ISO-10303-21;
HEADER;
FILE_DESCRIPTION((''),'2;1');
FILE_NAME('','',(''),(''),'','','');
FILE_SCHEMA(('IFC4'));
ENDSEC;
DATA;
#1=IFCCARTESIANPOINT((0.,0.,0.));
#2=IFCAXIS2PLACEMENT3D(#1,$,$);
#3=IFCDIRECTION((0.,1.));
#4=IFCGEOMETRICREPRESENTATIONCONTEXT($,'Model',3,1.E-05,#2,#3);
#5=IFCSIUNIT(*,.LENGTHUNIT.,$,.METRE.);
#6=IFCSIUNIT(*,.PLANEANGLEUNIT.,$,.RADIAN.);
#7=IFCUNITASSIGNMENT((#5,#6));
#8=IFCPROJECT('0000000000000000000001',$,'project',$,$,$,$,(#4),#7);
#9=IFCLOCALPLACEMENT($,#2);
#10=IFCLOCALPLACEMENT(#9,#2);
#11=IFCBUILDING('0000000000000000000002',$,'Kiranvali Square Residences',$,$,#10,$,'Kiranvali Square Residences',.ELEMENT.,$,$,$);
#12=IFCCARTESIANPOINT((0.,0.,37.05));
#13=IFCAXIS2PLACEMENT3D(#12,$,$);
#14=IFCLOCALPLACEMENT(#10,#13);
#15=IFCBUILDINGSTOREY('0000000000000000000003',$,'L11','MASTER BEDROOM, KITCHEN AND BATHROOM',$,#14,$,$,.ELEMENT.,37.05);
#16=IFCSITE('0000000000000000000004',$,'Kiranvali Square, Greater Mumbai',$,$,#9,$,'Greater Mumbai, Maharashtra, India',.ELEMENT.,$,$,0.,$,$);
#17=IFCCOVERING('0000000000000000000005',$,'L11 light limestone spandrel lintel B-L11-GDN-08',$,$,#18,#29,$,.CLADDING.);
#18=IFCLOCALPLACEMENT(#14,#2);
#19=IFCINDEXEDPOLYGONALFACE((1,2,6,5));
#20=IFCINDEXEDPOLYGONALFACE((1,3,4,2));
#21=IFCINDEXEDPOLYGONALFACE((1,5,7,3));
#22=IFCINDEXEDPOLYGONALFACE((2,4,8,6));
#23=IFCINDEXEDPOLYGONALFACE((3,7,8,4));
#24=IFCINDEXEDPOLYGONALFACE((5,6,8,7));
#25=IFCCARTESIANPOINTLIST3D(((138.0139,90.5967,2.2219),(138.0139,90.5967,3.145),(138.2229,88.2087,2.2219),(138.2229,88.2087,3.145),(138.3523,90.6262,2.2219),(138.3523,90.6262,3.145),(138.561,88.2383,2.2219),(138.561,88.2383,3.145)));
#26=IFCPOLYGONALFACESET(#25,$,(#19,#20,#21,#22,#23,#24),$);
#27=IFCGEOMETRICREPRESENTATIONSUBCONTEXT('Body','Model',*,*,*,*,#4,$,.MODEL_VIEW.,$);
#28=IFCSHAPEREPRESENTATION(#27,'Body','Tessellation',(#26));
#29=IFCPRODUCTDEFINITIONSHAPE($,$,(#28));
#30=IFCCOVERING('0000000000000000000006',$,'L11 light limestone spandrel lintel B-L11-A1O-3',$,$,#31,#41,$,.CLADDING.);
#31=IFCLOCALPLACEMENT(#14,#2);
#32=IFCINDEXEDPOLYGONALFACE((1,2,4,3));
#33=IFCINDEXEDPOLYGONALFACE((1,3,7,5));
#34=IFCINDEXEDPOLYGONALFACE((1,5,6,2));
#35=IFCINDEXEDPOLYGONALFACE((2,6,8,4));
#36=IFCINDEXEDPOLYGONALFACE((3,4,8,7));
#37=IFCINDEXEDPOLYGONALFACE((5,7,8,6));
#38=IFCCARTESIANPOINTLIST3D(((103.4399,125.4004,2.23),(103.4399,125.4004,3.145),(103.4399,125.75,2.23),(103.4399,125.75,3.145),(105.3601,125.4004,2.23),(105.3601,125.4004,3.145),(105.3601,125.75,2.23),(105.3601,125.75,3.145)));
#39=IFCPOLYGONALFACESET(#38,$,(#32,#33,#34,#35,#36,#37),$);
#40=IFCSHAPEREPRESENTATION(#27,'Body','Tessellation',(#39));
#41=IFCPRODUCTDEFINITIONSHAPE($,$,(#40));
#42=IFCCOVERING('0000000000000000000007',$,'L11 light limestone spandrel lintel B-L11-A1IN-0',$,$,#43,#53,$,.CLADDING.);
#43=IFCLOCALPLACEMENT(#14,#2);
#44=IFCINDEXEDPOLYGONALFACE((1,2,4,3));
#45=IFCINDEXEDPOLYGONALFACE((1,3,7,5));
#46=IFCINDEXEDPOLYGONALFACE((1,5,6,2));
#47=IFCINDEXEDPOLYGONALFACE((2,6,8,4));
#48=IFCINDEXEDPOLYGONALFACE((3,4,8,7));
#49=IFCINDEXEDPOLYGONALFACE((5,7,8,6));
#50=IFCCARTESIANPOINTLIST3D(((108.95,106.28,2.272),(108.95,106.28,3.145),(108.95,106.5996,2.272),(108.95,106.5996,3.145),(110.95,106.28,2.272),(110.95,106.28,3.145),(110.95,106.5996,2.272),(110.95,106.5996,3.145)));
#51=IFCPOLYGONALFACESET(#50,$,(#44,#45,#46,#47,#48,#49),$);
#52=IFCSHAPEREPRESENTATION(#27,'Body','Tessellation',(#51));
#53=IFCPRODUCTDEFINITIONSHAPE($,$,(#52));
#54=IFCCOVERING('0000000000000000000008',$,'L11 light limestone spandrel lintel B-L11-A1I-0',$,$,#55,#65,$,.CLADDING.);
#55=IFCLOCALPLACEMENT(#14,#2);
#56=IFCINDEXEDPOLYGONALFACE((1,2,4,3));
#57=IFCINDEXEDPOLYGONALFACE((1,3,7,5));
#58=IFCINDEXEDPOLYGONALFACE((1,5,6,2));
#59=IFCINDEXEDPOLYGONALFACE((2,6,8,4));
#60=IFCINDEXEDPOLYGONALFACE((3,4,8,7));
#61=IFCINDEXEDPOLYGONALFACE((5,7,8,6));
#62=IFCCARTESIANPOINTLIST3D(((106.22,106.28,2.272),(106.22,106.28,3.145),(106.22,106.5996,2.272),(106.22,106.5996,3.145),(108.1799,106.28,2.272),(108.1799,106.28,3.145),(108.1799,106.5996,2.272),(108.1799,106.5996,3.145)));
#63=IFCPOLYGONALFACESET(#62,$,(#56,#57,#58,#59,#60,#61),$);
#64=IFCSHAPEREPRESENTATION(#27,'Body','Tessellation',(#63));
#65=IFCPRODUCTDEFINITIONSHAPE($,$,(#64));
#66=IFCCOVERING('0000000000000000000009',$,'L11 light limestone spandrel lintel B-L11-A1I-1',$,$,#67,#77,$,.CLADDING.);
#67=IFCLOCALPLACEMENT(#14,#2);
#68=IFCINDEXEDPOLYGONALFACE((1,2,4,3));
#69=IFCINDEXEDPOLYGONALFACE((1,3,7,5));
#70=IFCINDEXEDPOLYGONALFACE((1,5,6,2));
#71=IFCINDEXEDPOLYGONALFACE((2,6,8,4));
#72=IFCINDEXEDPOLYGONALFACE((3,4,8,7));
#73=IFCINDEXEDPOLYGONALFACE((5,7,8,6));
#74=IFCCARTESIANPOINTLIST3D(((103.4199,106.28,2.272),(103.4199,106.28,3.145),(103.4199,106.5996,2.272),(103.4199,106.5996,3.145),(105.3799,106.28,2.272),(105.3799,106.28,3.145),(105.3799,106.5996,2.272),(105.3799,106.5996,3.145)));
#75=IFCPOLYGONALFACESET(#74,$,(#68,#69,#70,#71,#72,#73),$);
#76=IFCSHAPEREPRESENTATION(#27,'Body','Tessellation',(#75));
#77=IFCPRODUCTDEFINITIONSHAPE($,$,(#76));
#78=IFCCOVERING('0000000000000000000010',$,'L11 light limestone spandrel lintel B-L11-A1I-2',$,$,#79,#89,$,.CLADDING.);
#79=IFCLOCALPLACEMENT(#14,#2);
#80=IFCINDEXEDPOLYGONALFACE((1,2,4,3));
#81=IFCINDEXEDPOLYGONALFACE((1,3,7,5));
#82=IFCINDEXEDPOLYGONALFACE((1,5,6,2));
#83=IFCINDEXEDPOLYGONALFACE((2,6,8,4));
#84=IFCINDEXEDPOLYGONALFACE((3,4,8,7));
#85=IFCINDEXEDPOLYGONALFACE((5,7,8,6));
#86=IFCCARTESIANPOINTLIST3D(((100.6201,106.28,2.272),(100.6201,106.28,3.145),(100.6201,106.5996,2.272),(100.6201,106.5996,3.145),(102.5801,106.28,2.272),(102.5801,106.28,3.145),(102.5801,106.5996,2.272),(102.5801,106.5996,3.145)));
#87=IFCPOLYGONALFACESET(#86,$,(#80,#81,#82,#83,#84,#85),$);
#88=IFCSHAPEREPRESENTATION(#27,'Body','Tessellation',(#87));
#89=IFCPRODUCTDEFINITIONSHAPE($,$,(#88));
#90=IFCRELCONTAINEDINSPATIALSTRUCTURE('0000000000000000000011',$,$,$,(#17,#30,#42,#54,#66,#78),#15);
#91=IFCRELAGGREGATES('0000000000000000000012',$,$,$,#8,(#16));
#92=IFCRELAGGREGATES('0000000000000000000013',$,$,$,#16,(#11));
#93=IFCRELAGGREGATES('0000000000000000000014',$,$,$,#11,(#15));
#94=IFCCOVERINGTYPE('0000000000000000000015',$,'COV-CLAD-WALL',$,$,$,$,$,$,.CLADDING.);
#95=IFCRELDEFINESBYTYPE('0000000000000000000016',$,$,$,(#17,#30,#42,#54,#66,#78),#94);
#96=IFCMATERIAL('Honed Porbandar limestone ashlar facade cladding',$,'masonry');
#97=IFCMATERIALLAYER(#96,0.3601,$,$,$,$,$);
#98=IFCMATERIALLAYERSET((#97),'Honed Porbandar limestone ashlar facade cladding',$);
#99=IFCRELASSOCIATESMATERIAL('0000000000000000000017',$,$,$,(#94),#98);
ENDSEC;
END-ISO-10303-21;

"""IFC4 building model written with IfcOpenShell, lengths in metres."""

from ifc_helpers import new_model, si_unit, direction, frame, origin, place, context, subcontext, project, spatial, polyline, outline, extrude, material, layer, layer_set, type_object, element, save


model = new_model("IFC4")

# Units and contexts
model_context = context("Model", 3, precision=1e-05, world=origin(), true_north=direction((0.0, 1.0)))
body_context = subcontext(model_context, "Body", "Model", "MODEL_VIEW")
ifc_project = project(units=[si_unit("LENGTHUNIT", "METRE"), si_unit("PLANEANGLEUNIT", "RADIAN")], contexts=[model_context])

# Site, building, storey
site_placement = place(None, origin())
site = spatial("IfcSite", under=ifc_project, at=site_placement, Name="Kiranvali Square, Greater Mumbai", LongName="Greater Mumbai, Maharashtra, India", CompositionType="ELEMENT", RefElevation=0.0)
building_placement = place(site_placement, origin())
building = spatial("IfcBuilding", under=site, at=building_placement, Name="Kiranvali Square Residences", LongName="Kiranvali Square Residences", CompositionType="ELEMENT")
storey_placement = place(building_placement, frame((0.0, 0.0, 37.05)))
storey = spatial("IfcBuildingStorey", under=building, at=storey_placement, Name="L11", Description="MASTER BEDROOM, KITCHEN AND BATHROOM", CompositionType="ELEMENT", Elevation=37.05)

# Coverings
ifc_material = material(Name="Honed Porbandar limestone ashlar facade cladding", Category="masonry")
ifc_layer = layer(ifc_material, 0.3601)
ifc_layer_set = layer_set([ifc_layer], Name="Honed Porbandar limestone ashlar facade cladding")
covering_type = type_object("IfcCoveringType", Name="COV-CLAD-WALL", PredefinedType="CLADDING", material=ifc_layer_set)
covering_1_placement = place(storey_placement, frame((0.0, 0.0, 2.2219)))
element("IfcCovering", 1, at=covering_1_placement, inside=storey, type_object=covering_type, Name="L11 light limestone spandrel lintel B-L11-GDN-08", PredefinedType="CLADDING", context=body_context, shape_type="SweptSolid", body=[
    extrude(outline(polyline([(138.0139, 90.5967), (138.2229, 88.2087), (138.561, 88.2383), (138.3523, 90.6262), (138.0139, 90.5967)])), origin(), (0.0, 0.0, 1.0), 0.9231),
])
covering_2_placement = place(storey_placement, frame((0.0, 0.0, 2.23)))
element("IfcCovering", 2, at=covering_2_placement, inside=storey, type_object=covering_type, Name="L11 light limestone spandrel lintel B-L11-A1O-3", PredefinedType="CLADDING", context=body_context, shape_type="SweptSolid", body=[
    extrude(outline(polyline([(105.3601, 125.75), (103.4399, 125.75), (103.4399, 125.4004), (105.3601, 125.4004), (105.3601, 125.75)])), origin(), (0.0, 0.0, 1.0), 0.915),
])
covering_3_placement = place(storey_placement, frame((0.0, 0.0, 2.272)))
element("IfcCovering", 3, at=covering_3_placement, inside=storey, type_object=covering_type, Name="L11 light limestone spandrel lintel B-L11-A1IN-0", PredefinedType="CLADDING", context=body_context, shape_type="SweptSolid", body=[
    extrude(outline(polyline([(110.95, 106.5996), (108.95, 106.5996), (108.95, 106.28), (110.95, 106.28), (110.95, 106.5996)])), origin(), (0.0, 0.0, 1.0), 0.873),
])
covering_4_placement = place(storey_placement, frame((0.0, 0.0, 2.272)))
element("IfcCovering", 4, at=covering_4_placement, inside=storey, type_object=covering_type, Name="L11 light limestone spandrel lintel B-L11-A1I-0", PredefinedType="CLADDING", context=body_context, shape_type="SweptSolid", body=[
    extrude(outline(polyline([(108.1799, 106.5996), (106.22, 106.5996), (106.22, 106.28), (108.1799, 106.28), (108.1799, 106.5996)])), origin(), (0.0, 0.0, 1.0), 0.873),
])
covering_5_placement = place(storey_placement, frame((0.0, 0.0, 2.272)))
element("IfcCovering", 5, at=covering_5_placement, inside=storey, type_object=covering_type, Name="L11 light limestone spandrel lintel B-L11-A1I-1", PredefinedType="CLADDING", context=body_context, shape_type="SweptSolid", body=[
    extrude(outline(polyline([(105.3799, 106.5996), (103.4199, 106.5996), (103.4199, 106.28), (105.3799, 106.28), (105.3799, 106.5996)])), origin(), (0.0, 0.0, 1.0), 0.873),
])
covering_6_placement = place(storey_placement, frame((0.0, 0.0, 2.272)))
element("IfcCovering", 6, at=covering_6_placement, inside=storey, type_object=covering_type, Name="L11 light limestone spandrel lintel B-L11-A1I-2", PredefinedType="CLADDING", context=body_context, shape_type="SweptSolid", body=[
    extrude(outline(polyline([(102.5801, 106.5996), (100.6201, 106.5996), (100.6201, 106.28), (102.5801, 106.28), (102.5801, 106.5996)])), origin(), (0.0, 0.0, 1.0), 0.873),
])

save(model, "model.ifc")
